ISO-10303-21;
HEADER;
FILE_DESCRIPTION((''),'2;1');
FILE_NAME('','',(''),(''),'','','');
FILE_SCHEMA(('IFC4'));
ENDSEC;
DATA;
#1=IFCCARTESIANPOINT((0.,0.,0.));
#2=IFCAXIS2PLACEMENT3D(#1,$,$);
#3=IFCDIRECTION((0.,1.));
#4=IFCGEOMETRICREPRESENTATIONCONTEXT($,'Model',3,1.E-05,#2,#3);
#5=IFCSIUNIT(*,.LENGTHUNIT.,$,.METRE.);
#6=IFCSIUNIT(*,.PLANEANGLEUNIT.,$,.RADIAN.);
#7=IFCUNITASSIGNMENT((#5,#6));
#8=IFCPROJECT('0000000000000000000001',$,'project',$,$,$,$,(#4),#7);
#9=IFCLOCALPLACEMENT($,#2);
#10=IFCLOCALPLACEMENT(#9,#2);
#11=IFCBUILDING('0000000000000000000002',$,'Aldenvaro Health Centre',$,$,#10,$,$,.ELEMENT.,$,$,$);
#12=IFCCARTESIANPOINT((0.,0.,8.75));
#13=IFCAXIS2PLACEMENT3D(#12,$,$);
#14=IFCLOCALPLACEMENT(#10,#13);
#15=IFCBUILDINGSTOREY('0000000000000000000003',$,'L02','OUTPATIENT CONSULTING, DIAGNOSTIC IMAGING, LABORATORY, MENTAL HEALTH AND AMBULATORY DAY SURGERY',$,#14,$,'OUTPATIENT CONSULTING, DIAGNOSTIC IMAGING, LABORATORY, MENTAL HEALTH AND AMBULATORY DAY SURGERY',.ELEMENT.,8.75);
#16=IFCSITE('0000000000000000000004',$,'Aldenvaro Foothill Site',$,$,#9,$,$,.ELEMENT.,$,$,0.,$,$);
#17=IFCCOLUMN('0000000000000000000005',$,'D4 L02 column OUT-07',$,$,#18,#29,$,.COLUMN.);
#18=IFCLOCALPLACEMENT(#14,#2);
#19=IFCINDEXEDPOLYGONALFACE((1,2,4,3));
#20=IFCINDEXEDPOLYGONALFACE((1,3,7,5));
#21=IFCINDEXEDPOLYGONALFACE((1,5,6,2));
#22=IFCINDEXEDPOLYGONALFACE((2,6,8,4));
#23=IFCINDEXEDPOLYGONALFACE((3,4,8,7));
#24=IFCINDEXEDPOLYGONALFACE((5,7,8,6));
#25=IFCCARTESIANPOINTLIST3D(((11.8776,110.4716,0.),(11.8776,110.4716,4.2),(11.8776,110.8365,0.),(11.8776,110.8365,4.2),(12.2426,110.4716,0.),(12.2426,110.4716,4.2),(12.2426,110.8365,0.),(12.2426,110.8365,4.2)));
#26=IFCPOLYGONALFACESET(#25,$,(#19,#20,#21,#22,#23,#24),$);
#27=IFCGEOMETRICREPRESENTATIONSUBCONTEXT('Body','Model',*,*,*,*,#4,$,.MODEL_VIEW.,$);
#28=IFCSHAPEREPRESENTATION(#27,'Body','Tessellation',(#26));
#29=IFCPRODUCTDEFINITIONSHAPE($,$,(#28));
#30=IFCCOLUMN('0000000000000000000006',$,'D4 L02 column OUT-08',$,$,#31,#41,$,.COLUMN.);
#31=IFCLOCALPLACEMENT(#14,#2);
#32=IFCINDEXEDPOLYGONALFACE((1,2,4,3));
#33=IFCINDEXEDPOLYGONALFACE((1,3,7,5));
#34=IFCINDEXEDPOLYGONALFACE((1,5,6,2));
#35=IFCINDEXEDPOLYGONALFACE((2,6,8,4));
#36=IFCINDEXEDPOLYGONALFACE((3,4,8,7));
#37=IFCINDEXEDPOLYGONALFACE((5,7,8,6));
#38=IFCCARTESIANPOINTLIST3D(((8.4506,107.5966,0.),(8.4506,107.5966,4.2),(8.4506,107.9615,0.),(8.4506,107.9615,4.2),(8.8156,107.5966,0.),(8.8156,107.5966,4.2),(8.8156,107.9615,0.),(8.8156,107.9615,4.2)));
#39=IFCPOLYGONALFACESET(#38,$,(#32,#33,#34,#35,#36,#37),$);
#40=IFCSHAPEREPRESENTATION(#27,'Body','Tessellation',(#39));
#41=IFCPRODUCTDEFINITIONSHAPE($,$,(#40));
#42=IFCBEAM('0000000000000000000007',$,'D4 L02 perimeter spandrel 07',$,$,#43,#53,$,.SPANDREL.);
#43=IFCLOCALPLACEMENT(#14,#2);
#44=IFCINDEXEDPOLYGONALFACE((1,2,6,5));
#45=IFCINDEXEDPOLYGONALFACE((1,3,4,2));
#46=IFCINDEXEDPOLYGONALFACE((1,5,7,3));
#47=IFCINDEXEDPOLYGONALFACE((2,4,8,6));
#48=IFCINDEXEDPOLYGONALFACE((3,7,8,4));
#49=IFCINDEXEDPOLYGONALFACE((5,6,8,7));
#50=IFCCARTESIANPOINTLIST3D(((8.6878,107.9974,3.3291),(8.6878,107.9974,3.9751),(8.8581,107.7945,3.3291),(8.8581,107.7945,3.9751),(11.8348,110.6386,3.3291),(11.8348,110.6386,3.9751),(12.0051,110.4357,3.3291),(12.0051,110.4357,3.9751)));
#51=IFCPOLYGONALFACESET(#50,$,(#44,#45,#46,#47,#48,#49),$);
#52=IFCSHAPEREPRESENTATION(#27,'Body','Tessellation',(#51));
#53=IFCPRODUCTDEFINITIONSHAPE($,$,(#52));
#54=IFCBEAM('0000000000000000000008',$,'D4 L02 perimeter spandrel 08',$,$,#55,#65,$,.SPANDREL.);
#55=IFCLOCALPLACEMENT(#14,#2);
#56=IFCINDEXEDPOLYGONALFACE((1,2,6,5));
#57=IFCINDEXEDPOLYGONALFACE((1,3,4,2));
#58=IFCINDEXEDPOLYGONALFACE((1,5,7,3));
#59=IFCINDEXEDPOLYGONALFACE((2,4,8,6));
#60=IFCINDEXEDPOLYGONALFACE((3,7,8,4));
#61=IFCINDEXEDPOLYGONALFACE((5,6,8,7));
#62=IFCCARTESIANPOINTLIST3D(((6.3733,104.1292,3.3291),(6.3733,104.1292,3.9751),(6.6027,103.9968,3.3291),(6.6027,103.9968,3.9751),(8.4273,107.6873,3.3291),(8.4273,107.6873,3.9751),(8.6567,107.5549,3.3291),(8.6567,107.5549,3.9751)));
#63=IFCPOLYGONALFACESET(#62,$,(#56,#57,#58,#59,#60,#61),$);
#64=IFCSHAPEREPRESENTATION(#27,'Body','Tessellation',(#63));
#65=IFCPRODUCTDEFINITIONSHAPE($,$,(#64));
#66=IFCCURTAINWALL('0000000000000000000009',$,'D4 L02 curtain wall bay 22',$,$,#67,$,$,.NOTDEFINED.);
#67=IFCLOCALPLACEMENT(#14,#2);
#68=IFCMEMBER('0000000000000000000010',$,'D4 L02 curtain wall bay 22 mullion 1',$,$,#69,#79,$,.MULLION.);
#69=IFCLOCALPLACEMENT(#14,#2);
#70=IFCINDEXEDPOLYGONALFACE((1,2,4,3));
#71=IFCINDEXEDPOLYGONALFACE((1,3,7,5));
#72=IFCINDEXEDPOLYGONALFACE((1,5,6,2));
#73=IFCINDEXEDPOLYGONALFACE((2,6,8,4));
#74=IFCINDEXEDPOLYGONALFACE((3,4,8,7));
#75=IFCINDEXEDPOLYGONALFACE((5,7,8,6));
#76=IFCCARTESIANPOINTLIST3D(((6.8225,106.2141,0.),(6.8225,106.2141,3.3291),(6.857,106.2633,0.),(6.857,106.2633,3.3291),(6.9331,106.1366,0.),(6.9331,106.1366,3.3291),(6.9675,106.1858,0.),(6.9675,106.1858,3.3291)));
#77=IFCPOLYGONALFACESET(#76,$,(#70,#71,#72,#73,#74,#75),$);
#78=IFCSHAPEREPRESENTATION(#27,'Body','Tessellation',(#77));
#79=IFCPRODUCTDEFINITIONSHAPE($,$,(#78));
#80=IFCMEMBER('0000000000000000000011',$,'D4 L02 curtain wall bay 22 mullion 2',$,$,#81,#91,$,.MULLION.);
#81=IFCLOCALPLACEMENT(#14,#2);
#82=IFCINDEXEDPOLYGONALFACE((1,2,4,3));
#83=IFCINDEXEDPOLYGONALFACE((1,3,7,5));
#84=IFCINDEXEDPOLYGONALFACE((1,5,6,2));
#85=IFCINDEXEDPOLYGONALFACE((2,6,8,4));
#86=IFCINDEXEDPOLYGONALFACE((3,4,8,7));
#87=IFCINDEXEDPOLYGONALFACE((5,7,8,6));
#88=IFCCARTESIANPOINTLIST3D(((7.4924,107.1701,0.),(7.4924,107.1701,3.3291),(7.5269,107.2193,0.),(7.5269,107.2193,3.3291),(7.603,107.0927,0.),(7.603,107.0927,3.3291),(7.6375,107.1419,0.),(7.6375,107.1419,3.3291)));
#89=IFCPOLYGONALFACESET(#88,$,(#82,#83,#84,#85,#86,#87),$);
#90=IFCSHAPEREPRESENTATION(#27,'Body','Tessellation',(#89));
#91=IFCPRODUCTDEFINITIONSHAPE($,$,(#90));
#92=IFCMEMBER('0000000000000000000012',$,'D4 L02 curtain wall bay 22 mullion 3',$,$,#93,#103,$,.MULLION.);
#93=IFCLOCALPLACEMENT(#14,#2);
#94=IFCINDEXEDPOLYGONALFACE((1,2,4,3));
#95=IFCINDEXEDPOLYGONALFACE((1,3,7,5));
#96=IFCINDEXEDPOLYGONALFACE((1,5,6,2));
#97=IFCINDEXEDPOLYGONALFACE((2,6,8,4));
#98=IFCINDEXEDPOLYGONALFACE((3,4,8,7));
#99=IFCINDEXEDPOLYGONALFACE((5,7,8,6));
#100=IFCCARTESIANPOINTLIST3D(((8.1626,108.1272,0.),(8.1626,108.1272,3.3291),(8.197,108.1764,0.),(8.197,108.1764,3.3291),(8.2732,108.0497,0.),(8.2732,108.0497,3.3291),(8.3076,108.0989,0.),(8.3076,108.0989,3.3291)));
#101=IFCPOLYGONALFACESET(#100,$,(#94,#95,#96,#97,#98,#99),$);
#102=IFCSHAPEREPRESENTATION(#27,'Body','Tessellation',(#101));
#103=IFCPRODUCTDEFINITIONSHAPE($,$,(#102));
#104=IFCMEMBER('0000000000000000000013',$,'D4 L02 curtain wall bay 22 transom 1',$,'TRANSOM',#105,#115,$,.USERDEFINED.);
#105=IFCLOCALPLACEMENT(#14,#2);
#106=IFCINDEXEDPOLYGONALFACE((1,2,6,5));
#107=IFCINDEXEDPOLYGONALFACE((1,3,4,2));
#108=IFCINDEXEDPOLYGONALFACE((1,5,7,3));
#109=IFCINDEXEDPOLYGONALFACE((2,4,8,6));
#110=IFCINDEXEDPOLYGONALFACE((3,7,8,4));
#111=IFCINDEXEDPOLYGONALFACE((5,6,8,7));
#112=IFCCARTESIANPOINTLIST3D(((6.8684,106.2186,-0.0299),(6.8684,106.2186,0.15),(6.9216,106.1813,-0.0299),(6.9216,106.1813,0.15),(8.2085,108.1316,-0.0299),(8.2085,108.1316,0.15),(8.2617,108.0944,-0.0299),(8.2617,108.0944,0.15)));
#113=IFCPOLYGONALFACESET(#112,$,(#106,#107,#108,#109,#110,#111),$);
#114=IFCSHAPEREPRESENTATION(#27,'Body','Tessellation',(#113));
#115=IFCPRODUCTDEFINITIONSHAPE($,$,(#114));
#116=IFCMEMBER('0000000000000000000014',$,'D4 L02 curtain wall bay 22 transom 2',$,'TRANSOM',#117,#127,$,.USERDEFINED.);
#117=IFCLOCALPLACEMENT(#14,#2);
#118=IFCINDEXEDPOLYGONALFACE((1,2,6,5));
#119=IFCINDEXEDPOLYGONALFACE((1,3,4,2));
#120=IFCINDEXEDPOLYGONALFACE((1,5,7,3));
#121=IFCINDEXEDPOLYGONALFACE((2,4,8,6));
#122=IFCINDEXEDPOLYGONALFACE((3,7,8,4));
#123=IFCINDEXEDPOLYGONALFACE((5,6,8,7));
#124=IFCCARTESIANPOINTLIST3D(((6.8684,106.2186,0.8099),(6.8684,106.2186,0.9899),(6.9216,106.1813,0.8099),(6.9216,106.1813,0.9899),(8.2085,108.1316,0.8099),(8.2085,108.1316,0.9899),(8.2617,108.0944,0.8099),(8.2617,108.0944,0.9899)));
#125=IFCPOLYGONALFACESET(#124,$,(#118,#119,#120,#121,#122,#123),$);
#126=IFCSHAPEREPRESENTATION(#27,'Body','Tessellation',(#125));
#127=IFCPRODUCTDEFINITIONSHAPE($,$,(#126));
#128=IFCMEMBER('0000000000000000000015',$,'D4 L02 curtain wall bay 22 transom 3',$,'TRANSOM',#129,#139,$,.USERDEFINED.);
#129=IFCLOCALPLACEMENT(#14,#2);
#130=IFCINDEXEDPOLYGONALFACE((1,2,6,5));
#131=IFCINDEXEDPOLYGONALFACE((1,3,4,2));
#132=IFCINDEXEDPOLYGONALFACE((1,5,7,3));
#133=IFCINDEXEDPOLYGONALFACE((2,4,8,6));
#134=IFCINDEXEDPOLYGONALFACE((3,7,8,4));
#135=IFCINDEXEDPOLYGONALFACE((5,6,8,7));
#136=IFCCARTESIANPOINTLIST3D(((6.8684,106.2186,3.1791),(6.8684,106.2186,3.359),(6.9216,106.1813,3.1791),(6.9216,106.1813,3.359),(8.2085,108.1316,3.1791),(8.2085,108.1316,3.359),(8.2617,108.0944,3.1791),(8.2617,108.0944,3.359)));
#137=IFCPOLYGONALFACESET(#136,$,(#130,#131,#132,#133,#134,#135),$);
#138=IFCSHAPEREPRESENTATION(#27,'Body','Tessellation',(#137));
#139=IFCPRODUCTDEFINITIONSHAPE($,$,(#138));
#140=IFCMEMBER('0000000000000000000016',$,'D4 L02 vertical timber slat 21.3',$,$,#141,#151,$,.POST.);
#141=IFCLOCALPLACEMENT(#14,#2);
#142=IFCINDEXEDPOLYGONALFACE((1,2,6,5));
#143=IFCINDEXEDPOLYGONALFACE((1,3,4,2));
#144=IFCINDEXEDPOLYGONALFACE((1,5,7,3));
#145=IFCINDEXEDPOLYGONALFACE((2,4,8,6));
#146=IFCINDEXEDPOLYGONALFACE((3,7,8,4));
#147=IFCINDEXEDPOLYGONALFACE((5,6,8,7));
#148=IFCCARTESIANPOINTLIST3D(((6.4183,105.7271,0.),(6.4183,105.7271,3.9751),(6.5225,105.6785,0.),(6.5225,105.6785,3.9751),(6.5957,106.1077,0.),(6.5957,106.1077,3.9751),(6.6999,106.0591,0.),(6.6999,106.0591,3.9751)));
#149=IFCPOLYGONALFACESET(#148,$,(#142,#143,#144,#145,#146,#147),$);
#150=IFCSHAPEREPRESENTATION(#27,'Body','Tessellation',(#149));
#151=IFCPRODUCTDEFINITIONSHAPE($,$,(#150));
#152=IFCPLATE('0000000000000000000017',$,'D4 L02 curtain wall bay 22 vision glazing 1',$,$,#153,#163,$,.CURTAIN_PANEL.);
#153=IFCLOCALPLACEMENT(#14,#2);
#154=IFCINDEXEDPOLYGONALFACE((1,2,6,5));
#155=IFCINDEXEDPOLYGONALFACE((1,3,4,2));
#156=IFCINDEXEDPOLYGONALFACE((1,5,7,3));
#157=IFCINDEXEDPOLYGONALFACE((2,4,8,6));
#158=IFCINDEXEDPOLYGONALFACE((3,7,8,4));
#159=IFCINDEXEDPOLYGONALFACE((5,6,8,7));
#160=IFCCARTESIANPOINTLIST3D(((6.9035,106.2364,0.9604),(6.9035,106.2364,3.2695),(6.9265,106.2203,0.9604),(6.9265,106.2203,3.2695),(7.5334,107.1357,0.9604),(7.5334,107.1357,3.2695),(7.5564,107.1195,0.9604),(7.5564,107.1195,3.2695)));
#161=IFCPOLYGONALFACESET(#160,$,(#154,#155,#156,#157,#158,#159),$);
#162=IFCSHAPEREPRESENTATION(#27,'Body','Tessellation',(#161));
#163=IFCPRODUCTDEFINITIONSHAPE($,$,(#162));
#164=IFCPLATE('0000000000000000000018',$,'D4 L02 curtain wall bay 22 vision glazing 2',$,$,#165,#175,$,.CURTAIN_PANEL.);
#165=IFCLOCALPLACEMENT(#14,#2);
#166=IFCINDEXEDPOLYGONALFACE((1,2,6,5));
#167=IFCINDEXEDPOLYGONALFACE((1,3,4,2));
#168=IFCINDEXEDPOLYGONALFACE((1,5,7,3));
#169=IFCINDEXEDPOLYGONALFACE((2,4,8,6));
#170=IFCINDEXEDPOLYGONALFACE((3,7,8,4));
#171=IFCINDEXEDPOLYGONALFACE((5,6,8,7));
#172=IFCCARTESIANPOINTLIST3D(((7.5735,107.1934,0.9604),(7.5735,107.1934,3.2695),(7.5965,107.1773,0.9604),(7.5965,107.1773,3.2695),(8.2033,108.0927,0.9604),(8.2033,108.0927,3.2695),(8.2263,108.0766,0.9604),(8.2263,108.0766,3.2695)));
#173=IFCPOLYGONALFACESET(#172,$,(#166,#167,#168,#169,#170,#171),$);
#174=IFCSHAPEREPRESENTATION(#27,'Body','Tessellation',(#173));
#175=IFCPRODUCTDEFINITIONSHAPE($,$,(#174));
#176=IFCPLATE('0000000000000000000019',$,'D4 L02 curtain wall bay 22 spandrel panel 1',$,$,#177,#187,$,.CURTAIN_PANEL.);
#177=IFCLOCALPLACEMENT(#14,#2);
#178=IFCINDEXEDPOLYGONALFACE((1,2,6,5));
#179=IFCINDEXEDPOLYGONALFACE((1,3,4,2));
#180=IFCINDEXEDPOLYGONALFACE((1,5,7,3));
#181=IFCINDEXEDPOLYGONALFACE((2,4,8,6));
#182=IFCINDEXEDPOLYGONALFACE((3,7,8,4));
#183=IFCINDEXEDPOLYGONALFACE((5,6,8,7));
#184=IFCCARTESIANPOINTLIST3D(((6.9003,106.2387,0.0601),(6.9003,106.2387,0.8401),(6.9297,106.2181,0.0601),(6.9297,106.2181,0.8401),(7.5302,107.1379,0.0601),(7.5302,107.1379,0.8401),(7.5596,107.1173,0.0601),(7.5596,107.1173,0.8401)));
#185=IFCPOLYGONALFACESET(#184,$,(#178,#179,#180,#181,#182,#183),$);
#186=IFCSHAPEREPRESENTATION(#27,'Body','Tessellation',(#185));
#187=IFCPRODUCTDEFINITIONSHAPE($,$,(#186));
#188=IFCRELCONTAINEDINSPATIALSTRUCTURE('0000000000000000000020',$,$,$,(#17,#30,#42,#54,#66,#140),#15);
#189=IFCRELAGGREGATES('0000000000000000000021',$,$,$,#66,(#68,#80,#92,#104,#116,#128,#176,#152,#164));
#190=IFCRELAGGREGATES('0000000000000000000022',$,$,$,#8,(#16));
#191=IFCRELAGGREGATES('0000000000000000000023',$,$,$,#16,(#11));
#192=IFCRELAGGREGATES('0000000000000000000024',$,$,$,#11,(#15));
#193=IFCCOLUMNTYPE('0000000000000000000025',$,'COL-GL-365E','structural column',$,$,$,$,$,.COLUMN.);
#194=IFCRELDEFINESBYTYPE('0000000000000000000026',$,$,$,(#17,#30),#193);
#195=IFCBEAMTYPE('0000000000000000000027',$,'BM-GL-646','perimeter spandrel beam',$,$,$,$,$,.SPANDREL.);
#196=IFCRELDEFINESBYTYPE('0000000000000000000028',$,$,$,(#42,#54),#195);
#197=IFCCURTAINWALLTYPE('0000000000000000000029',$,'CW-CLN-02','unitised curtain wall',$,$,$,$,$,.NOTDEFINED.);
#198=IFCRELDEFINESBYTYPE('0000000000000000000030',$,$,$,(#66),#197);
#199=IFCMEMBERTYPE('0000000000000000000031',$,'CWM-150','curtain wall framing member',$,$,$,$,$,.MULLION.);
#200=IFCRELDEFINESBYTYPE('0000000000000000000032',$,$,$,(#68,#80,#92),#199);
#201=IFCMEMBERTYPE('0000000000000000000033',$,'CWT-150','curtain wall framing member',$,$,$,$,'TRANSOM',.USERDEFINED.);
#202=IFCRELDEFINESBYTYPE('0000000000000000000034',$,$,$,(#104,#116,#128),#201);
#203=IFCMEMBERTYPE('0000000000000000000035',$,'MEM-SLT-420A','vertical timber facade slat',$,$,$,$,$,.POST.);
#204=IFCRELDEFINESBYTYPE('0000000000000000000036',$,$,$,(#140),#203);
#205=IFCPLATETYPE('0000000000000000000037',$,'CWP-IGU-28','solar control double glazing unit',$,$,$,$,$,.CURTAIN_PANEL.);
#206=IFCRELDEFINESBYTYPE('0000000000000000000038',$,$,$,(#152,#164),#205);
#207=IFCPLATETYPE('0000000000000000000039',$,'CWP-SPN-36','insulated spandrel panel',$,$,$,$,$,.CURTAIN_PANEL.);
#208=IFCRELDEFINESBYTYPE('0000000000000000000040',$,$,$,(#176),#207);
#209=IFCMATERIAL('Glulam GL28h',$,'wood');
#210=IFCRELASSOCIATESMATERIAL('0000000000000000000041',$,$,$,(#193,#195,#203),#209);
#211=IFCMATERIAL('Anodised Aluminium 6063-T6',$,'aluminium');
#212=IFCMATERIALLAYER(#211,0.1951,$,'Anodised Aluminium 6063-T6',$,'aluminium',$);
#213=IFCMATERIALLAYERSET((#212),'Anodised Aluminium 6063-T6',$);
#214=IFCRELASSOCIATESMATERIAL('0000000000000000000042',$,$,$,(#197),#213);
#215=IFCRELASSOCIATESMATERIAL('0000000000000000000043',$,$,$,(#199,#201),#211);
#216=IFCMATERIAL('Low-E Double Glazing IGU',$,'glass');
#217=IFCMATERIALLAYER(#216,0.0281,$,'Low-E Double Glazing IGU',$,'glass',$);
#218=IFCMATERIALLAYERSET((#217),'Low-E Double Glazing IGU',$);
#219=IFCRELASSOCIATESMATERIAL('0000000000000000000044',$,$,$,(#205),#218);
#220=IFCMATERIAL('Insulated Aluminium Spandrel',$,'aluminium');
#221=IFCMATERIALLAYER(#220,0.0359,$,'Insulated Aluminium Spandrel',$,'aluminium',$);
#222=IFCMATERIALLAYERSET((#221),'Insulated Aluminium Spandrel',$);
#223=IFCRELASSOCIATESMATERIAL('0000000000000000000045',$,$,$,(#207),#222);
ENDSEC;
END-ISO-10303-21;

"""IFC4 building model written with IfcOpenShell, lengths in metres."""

from ifc_helpers import new_model, si_unit, direction, frame, origin, origin_2d, place, context, subcontext, project, spatial, rectangle, extrude, material, layer, layer_set, material_profile, profile_set, type_object, element, aggregate, save


model = new_model("IFC4")

# Units and contexts
model_context = context("Model", 3, precision=1e-05, world=origin(), true_north=direction((0.0, 1.0)))
body_context = subcontext(model_context, "Body", "Model", "MODEL_VIEW")
ifc_project = project(units=[si_unit("LENGTHUNIT", "METRE"), si_unit("PLANEANGLEUNIT", "RADIAN")], contexts=[model_context])

# Site, building, storey
site_placement = place(None, origin())
site = spatial("IfcSite", under=ifc_project, at=site_placement, Name="Aldenvaro Foothill Site", CompositionType="ELEMENT", RefElevation=0.0)
building_placement = place(site_placement, origin())
building = spatial("IfcBuilding", under=site, at=building_placement, Name="Aldenvaro Health Centre", CompositionType="ELEMENT")
storey_placement = place(building_placement, frame((0.0, 0.0, 8.75)))
storey = spatial("IfcBuildingStorey", under=building, at=storey_placement, Name="L02", Description="OUTPATIENT CONSULTING, DIAGNOSTIC IMAGING, LABORATORY, MENTAL HEALTH AND AMBULATORY DAY SURGERY", LongName="OUTPATIENT CONSULTING, DIAGNOSTIC IMAGING, LABORATORY, MENTAL HEALTH AND AMBULATORY DAY SURGERY", CompositionType="ELEMENT", Elevation=8.75)

# Columns
ifc_material_1 = material(Name="Glulam GL28h", Category="wood")
ifc_material_profile_1 = material_profile(ifc_material_1, rectangle(XDim=0.365, YDim=0.365, at=origin_2d()), Name="GL 365x365", Category="wood")
ifc_profile_set_1 = profile_set([ifc_material_profile_1], Name="Glulam GL28h")
column_type = type_object("IfcColumnType", Name="COL-GL-365E", Description="structural column", PredefinedType="COLUMN", material=ifc_profile_set_1)
for number, where, z_axis, x_axis, name in (
    (1, (12.0601, 110.6541, 0.0), (0.0, 0.0, 1.0), (1.0, 0.0, 0.0), "D4 L02 column OUT-07"),
    (2, (8.6331, 107.7791, 0.0), (0.0, 0.0, 1.0), (1.0, 0.0, 0.0), "D4 L02 column OUT-08"),
):
    element("IfcColumn", number, at=place(storey_placement, frame(where, z_axis=z_axis, x_axis=x_axis)), inside=storey, type_object=column_type, Name=name, PredefinedType="COLUMN", context=body_context, shape_type="SweptSolid", body=[
        extrude(rectangle(XDim=0.365, YDim=0.365, at=origin_2d()), origin(), (0.0, 0.0, 1.0), 4.2),
    ])

# Beams
ifc_material_profile_2 = material_profile(ifc_material_1, rectangle(XDim=0.2649, YDim=0.646, at=origin_2d()), Name="GL 265x646", Category="wood")
ifc_profile_set_2 = profile_set([ifc_material_profile_2], Name="Glulam GL28h")
beam_type = type_object("IfcBeamType", Name="BM-GL-646", Description="perimeter spandrel beam", PredefinedType="SPANDREL", material=ifc_profile_set_2)
for number, where, z_axis, x_axis, name in (
    (3, (11.9199, 110.5371, 3.6521), (-0.765986, -0.642858, 0.0), (0.642858, -0.765986, 0.0), "D4 L02 perimeter spandrel 07"),
    (4, (8.542, 107.6211, 3.6521), (-0.499942, -0.866059, 0.0), (0.866059, -0.499942, 0.0), "D4 L02 perimeter spandrel 08"),
):
    element("IfcBeam", number, at=place(storey_placement, frame(where, z_axis=z_axis, x_axis=x_axis)), inside=storey, type_object=beam_type, Name=name, PredefinedType="SPANDREL", context=body_context, shape_type="SweptSolid", body=[
        extrude(rectangle(XDim=0.2649, YDim=0.646, at=origin_2d()), origin(), (0.0, 0.0, 1.0), 4.1084),
    ])

# Curtain wall, members
ifc_material_2 = material(Name="Anodised Aluminium 6063-T6", Category="aluminium")
ifc_layer_1 = layer(ifc_material_2, 0.1951, Name="Anodised Aluminium 6063-T6", Category="aluminium")
ifc_layer_set_1 = layer_set([ifc_layer_1], Name="Anodised Aluminium 6063-T6")
curtain_wall_type = type_object("IfcCurtainWallType", Name="CW-CLN-02", Description="unitised curtain wall", PredefinedType="NOTDEFINED", material=ifc_layer_set_1)
curtain_wall_placement = place(storey_placement, origin())
curtain_wall = element("IfcCurtainWall", 5, at=curtain_wall_placement, inside=storey, type_object=curtain_wall_type, Name="D4 L02 curtain wall bay 22", PredefinedType="NOTDEFINED")
ifc_material_profile_3 = material_profile(ifc_material_2, rectangle(XDim=0.0601, YDim=0.135, at=origin_2d()), Name="ALU 60x135", Category="aluminium")
ifc_profile_set_3 = profile_set([ifc_material_profile_3], Name="Anodised Aluminium 6063-T6")
member_type_1 = type_object("IfcMemberType", Name="CWM-150", Description="curtain wall framing member", PredefinedType="MULLION", material=ifc_profile_set_3)
member_1_placement = place(storey_placement, frame((6.895, 106.2, 0.0), z_axis=(0.0, 0.0, 1.0), x_axis=(0.573721, 0.819051, 0.0)))
member_1 = element("IfcMember", 6, at=member_1_placement, type_object=member_type_1, Name="D4 L02 curtain wall bay 22 mullion 1", PredefinedType="MULLION", context=body_context, shape_type="SweptSolid", body=[
    extrude(rectangle(XDim=0.0601, YDim=0.135, at=origin_2d()), origin(), (0.0, 0.0, 1.0), 3.3291),
])
member_2_placement = place(storey_placement, frame((7.5649, 107.156, 0.0), z_axis=(0.0, 0.0, 1.0), x_axis=(0.573721, 0.819051, 0.0)))
member_2 = element("IfcMember", 7, at=member_2_placement, type_object=member_type_1, Name="D4 L02 curtain wall bay 22 mullion 2", PredefinedType="MULLION", context=body_context, shape_type="SweptSolid", body=[
    extrude(rectangle(XDim=0.0601, YDim=0.135, at=origin_2d()), origin(), (0.0, 0.0, 1.0), 3.3291),
])
member_3_placement = place(storey_placement, frame((8.2351, 108.113, 0.0), z_axis=(0.0, 0.0, 1.0), x_axis=(0.573721, 0.819051, 0.0)))
member_3 = element("IfcMember", 8, at=member_3_placement, type_object=member_type_1, Name="D4 L02 curtain wall bay 22 mullion 3", PredefinedType="MULLION", context=body_context, shape_type="SweptSolid", body=[
    extrude(rectangle(XDim=0.0601, YDim=0.135, at=origin_2d()), origin(), (0.0, 0.0, 1.0), 3.3291),
])
ifc_material_profile_4 = material_profile(ifc_material_2, rectangle(XDim=0.0649, YDim=0.1799, at=origin_2d()), Name="ALU 65x180", Category="aluminium")
ifc_profile_set_4 = profile_set([ifc_material_profile_4], Name="Anodised Aluminium 6063-T6")
member_type_2 = type_object("IfcMemberType", Name="CWT-150", Description="curtain wall framing member", ElementType="TRANSOM", PredefinedType="USERDEFINED", material=ifc_profile_set_4)
member_4_placement = place(storey_placement, frame((6.895, 106.2, 0.0601), z_axis=(0.573729, 0.819045, 0.0), x_axis=(-0.819045, 0.573729, 0.0)))
member_4 = element("IfcMember", 9, at=member_4_placement, type_object=member_type_2, Name="D4 L02 curtain wall bay 22 transom 1", ObjectType="TRANSOM", PredefinedType="USERDEFINED", context=body_context, shape_type="SweptSolid", body=[
    extrude(rectangle(XDim=0.0649, YDim=0.1799, at=origin_2d()), origin(), (0.0, 0.0, 1.0), 2.3357),
])
member_5_placement = place(storey_placement, frame((6.895, 106.2, 0.8999), z_axis=(0.573729, 0.819045, 0.0), x_axis=(-0.819045, 0.573729, 0.0)))
member_5 = element("IfcMember", 10, at=member_5_placement, type_object=member_type_2, Name="D4 L02 curtain wall bay 22 transom 2", ObjectType="TRANSOM", PredefinedType="USERDEFINED", context=body_context, shape_type="SweptSolid", body=[
    extrude(rectangle(XDim=0.0649, YDim=0.1799, at=origin_2d()), origin(), (0.0, 0.0, 1.0), 2.3357),
])
member_6_placement = place(storey_placement, frame((6.895, 106.2, 3.269), z_axis=(0.573729, 0.819045, 0.0), x_axis=(-0.819045, 0.573729, 0.0)))
member_6 = element("IfcMember", 11, at=member_6_placement, type_object=member_type_2, Name="D4 L02 curtain wall bay 22 transom 3", ObjectType="TRANSOM", PredefinedType="USERDEFINED", context=body_context, shape_type="SweptSolid", body=[
    extrude(rectangle(XDim=0.0649, YDim=0.1799, at=origin_2d()), origin(), (0.0, 0.0, 1.0), 2.3357),
])

# Member
ifc_material_profile_5 = material_profile(ifc_material_1, rectangle(XDim=0.115, YDim=0.4199, at=origin_2d()), Name="GL 115x420", Category="wood")
ifc_profile_set_5 = profile_set([ifc_material_profile_5], Name="Glulam GL28h")
member_type_3 = type_object("IfcMemberType", Name="MEM-SLT-420A", Description="vertical timber facade slat", PredefinedType="POST", material=ifc_profile_set_5)
member_7_placement = place(storey_placement, frame((6.5591, 105.8931, 0.0), z_axis=(0.0, 0.0, 1.0), x_axis=(-0.906336, 0.422557, 0.0)))
element("IfcMember", 12, at=member_7_placement, inside=storey, type_object=member_type_3, Name="D4 L02 vertical timber slat 21.3", PredefinedType="POST", context=body_context, shape_type="SweptSolid", body=[
    extrude(rectangle(XDim=0.115, YDim=0.4199, at=origin_2d()), origin(), (0.0, 0.0, 1.0), 3.9751),
])

# Plates
ifc_material_3 = material(Name="Low-E Double Glazing IGU", Category="glass")
ifc_layer_2 = layer(ifc_material_3, 0.0281, Name="Low-E Double Glazing IGU", Category="glass")
ifc_layer_set_2 = layer_set([ifc_layer_2], Name="Low-E Double Glazing IGU")
plate_type_1 = type_object("IfcPlateType", Name="CWP-IGU-28", Description="solar control double glazing unit", PredefinedType="CURTAIN_PANEL", material=ifc_layer_set_2)
plate_1_placement = place(storey_placement, frame((7.23, 106.678, 0.9604), z_axis=(0.0, 0.0, 1.0), x_axis=(0.573721, 0.819051, 0.0)))
plate_1 = element("IfcPlate", 13, at=plate_1_placement, type_object=plate_type_1, Name="D4 L02 curtain wall bay 22 vision glazing 1", PredefinedType="CURTAIN_PANEL", context=body_context, shape_type="SweptSolid", body=[
    extrude(rectangle(XDim=1.0979, YDim=0.0281, at=origin_2d()), origin(), (0.0, 0.0, 1.0), 2.3091),
])
plate_2_placement = place(storey_placement, frame((7.8999, 107.635, 0.9604), z_axis=(0.0, 0.0, 1.0), x_axis=(0.573721, 0.819051, 0.0)))
plate_2 = element("IfcPlate", 14, at=plate_2_placement, type_object=plate_type_1, Name="D4 L02 curtain wall bay 22 vision glazing 2", PredefinedType="CURTAIN_PANEL", context=body_context, shape_type="SweptSolid", body=[
    extrude(rectangle(XDim=1.0979, YDim=0.0281, at=origin_2d()), origin(), (0.0, 0.0, 1.0), 2.3091),
])
ifc_material_4 = material(Name="Insulated Aluminium Spandrel", Category="aluminium")
ifc_layer_3 = layer(ifc_material_4, 0.0359, Name="Insulated Aluminium Spandrel", Category="aluminium")
ifc_layer_set_3 = layer_set([ifc_layer_3], Name="Insulated Aluminium Spandrel")
plate_type_2 = type_object("IfcPlateType", Name="CWP-SPN-36", Description="insulated spandrel panel", PredefinedType="CURTAIN_PANEL", material=ifc_layer_set_3)
plate_3_placement = place(storey_placement, frame((7.23, 106.678, 0.0601), z_axis=(0.0, 0.0, 1.0), x_axis=(0.573721, 0.819051, 0.0)))
plate_3 = element("IfcPlate", 15, at=plate_3_placement, type_object=plate_type_2, Name="D4 L02 curtain wall bay 22 spandrel panel 1", PredefinedType="CURTAIN_PANEL", context=body_context, shape_type="SweptSolid", body=[
    extrude(rectangle(XDim=1.0979, YDim=0.0359, at=origin_2d()), origin(), (0.0, 0.0, 1.0), 0.78),
])
aggregate(curtain_wall, [member_1, member_2, member_3, member_4, member_5, member_6, plate_3, plate_1, plate_2])

save(model, "model.ifc")
